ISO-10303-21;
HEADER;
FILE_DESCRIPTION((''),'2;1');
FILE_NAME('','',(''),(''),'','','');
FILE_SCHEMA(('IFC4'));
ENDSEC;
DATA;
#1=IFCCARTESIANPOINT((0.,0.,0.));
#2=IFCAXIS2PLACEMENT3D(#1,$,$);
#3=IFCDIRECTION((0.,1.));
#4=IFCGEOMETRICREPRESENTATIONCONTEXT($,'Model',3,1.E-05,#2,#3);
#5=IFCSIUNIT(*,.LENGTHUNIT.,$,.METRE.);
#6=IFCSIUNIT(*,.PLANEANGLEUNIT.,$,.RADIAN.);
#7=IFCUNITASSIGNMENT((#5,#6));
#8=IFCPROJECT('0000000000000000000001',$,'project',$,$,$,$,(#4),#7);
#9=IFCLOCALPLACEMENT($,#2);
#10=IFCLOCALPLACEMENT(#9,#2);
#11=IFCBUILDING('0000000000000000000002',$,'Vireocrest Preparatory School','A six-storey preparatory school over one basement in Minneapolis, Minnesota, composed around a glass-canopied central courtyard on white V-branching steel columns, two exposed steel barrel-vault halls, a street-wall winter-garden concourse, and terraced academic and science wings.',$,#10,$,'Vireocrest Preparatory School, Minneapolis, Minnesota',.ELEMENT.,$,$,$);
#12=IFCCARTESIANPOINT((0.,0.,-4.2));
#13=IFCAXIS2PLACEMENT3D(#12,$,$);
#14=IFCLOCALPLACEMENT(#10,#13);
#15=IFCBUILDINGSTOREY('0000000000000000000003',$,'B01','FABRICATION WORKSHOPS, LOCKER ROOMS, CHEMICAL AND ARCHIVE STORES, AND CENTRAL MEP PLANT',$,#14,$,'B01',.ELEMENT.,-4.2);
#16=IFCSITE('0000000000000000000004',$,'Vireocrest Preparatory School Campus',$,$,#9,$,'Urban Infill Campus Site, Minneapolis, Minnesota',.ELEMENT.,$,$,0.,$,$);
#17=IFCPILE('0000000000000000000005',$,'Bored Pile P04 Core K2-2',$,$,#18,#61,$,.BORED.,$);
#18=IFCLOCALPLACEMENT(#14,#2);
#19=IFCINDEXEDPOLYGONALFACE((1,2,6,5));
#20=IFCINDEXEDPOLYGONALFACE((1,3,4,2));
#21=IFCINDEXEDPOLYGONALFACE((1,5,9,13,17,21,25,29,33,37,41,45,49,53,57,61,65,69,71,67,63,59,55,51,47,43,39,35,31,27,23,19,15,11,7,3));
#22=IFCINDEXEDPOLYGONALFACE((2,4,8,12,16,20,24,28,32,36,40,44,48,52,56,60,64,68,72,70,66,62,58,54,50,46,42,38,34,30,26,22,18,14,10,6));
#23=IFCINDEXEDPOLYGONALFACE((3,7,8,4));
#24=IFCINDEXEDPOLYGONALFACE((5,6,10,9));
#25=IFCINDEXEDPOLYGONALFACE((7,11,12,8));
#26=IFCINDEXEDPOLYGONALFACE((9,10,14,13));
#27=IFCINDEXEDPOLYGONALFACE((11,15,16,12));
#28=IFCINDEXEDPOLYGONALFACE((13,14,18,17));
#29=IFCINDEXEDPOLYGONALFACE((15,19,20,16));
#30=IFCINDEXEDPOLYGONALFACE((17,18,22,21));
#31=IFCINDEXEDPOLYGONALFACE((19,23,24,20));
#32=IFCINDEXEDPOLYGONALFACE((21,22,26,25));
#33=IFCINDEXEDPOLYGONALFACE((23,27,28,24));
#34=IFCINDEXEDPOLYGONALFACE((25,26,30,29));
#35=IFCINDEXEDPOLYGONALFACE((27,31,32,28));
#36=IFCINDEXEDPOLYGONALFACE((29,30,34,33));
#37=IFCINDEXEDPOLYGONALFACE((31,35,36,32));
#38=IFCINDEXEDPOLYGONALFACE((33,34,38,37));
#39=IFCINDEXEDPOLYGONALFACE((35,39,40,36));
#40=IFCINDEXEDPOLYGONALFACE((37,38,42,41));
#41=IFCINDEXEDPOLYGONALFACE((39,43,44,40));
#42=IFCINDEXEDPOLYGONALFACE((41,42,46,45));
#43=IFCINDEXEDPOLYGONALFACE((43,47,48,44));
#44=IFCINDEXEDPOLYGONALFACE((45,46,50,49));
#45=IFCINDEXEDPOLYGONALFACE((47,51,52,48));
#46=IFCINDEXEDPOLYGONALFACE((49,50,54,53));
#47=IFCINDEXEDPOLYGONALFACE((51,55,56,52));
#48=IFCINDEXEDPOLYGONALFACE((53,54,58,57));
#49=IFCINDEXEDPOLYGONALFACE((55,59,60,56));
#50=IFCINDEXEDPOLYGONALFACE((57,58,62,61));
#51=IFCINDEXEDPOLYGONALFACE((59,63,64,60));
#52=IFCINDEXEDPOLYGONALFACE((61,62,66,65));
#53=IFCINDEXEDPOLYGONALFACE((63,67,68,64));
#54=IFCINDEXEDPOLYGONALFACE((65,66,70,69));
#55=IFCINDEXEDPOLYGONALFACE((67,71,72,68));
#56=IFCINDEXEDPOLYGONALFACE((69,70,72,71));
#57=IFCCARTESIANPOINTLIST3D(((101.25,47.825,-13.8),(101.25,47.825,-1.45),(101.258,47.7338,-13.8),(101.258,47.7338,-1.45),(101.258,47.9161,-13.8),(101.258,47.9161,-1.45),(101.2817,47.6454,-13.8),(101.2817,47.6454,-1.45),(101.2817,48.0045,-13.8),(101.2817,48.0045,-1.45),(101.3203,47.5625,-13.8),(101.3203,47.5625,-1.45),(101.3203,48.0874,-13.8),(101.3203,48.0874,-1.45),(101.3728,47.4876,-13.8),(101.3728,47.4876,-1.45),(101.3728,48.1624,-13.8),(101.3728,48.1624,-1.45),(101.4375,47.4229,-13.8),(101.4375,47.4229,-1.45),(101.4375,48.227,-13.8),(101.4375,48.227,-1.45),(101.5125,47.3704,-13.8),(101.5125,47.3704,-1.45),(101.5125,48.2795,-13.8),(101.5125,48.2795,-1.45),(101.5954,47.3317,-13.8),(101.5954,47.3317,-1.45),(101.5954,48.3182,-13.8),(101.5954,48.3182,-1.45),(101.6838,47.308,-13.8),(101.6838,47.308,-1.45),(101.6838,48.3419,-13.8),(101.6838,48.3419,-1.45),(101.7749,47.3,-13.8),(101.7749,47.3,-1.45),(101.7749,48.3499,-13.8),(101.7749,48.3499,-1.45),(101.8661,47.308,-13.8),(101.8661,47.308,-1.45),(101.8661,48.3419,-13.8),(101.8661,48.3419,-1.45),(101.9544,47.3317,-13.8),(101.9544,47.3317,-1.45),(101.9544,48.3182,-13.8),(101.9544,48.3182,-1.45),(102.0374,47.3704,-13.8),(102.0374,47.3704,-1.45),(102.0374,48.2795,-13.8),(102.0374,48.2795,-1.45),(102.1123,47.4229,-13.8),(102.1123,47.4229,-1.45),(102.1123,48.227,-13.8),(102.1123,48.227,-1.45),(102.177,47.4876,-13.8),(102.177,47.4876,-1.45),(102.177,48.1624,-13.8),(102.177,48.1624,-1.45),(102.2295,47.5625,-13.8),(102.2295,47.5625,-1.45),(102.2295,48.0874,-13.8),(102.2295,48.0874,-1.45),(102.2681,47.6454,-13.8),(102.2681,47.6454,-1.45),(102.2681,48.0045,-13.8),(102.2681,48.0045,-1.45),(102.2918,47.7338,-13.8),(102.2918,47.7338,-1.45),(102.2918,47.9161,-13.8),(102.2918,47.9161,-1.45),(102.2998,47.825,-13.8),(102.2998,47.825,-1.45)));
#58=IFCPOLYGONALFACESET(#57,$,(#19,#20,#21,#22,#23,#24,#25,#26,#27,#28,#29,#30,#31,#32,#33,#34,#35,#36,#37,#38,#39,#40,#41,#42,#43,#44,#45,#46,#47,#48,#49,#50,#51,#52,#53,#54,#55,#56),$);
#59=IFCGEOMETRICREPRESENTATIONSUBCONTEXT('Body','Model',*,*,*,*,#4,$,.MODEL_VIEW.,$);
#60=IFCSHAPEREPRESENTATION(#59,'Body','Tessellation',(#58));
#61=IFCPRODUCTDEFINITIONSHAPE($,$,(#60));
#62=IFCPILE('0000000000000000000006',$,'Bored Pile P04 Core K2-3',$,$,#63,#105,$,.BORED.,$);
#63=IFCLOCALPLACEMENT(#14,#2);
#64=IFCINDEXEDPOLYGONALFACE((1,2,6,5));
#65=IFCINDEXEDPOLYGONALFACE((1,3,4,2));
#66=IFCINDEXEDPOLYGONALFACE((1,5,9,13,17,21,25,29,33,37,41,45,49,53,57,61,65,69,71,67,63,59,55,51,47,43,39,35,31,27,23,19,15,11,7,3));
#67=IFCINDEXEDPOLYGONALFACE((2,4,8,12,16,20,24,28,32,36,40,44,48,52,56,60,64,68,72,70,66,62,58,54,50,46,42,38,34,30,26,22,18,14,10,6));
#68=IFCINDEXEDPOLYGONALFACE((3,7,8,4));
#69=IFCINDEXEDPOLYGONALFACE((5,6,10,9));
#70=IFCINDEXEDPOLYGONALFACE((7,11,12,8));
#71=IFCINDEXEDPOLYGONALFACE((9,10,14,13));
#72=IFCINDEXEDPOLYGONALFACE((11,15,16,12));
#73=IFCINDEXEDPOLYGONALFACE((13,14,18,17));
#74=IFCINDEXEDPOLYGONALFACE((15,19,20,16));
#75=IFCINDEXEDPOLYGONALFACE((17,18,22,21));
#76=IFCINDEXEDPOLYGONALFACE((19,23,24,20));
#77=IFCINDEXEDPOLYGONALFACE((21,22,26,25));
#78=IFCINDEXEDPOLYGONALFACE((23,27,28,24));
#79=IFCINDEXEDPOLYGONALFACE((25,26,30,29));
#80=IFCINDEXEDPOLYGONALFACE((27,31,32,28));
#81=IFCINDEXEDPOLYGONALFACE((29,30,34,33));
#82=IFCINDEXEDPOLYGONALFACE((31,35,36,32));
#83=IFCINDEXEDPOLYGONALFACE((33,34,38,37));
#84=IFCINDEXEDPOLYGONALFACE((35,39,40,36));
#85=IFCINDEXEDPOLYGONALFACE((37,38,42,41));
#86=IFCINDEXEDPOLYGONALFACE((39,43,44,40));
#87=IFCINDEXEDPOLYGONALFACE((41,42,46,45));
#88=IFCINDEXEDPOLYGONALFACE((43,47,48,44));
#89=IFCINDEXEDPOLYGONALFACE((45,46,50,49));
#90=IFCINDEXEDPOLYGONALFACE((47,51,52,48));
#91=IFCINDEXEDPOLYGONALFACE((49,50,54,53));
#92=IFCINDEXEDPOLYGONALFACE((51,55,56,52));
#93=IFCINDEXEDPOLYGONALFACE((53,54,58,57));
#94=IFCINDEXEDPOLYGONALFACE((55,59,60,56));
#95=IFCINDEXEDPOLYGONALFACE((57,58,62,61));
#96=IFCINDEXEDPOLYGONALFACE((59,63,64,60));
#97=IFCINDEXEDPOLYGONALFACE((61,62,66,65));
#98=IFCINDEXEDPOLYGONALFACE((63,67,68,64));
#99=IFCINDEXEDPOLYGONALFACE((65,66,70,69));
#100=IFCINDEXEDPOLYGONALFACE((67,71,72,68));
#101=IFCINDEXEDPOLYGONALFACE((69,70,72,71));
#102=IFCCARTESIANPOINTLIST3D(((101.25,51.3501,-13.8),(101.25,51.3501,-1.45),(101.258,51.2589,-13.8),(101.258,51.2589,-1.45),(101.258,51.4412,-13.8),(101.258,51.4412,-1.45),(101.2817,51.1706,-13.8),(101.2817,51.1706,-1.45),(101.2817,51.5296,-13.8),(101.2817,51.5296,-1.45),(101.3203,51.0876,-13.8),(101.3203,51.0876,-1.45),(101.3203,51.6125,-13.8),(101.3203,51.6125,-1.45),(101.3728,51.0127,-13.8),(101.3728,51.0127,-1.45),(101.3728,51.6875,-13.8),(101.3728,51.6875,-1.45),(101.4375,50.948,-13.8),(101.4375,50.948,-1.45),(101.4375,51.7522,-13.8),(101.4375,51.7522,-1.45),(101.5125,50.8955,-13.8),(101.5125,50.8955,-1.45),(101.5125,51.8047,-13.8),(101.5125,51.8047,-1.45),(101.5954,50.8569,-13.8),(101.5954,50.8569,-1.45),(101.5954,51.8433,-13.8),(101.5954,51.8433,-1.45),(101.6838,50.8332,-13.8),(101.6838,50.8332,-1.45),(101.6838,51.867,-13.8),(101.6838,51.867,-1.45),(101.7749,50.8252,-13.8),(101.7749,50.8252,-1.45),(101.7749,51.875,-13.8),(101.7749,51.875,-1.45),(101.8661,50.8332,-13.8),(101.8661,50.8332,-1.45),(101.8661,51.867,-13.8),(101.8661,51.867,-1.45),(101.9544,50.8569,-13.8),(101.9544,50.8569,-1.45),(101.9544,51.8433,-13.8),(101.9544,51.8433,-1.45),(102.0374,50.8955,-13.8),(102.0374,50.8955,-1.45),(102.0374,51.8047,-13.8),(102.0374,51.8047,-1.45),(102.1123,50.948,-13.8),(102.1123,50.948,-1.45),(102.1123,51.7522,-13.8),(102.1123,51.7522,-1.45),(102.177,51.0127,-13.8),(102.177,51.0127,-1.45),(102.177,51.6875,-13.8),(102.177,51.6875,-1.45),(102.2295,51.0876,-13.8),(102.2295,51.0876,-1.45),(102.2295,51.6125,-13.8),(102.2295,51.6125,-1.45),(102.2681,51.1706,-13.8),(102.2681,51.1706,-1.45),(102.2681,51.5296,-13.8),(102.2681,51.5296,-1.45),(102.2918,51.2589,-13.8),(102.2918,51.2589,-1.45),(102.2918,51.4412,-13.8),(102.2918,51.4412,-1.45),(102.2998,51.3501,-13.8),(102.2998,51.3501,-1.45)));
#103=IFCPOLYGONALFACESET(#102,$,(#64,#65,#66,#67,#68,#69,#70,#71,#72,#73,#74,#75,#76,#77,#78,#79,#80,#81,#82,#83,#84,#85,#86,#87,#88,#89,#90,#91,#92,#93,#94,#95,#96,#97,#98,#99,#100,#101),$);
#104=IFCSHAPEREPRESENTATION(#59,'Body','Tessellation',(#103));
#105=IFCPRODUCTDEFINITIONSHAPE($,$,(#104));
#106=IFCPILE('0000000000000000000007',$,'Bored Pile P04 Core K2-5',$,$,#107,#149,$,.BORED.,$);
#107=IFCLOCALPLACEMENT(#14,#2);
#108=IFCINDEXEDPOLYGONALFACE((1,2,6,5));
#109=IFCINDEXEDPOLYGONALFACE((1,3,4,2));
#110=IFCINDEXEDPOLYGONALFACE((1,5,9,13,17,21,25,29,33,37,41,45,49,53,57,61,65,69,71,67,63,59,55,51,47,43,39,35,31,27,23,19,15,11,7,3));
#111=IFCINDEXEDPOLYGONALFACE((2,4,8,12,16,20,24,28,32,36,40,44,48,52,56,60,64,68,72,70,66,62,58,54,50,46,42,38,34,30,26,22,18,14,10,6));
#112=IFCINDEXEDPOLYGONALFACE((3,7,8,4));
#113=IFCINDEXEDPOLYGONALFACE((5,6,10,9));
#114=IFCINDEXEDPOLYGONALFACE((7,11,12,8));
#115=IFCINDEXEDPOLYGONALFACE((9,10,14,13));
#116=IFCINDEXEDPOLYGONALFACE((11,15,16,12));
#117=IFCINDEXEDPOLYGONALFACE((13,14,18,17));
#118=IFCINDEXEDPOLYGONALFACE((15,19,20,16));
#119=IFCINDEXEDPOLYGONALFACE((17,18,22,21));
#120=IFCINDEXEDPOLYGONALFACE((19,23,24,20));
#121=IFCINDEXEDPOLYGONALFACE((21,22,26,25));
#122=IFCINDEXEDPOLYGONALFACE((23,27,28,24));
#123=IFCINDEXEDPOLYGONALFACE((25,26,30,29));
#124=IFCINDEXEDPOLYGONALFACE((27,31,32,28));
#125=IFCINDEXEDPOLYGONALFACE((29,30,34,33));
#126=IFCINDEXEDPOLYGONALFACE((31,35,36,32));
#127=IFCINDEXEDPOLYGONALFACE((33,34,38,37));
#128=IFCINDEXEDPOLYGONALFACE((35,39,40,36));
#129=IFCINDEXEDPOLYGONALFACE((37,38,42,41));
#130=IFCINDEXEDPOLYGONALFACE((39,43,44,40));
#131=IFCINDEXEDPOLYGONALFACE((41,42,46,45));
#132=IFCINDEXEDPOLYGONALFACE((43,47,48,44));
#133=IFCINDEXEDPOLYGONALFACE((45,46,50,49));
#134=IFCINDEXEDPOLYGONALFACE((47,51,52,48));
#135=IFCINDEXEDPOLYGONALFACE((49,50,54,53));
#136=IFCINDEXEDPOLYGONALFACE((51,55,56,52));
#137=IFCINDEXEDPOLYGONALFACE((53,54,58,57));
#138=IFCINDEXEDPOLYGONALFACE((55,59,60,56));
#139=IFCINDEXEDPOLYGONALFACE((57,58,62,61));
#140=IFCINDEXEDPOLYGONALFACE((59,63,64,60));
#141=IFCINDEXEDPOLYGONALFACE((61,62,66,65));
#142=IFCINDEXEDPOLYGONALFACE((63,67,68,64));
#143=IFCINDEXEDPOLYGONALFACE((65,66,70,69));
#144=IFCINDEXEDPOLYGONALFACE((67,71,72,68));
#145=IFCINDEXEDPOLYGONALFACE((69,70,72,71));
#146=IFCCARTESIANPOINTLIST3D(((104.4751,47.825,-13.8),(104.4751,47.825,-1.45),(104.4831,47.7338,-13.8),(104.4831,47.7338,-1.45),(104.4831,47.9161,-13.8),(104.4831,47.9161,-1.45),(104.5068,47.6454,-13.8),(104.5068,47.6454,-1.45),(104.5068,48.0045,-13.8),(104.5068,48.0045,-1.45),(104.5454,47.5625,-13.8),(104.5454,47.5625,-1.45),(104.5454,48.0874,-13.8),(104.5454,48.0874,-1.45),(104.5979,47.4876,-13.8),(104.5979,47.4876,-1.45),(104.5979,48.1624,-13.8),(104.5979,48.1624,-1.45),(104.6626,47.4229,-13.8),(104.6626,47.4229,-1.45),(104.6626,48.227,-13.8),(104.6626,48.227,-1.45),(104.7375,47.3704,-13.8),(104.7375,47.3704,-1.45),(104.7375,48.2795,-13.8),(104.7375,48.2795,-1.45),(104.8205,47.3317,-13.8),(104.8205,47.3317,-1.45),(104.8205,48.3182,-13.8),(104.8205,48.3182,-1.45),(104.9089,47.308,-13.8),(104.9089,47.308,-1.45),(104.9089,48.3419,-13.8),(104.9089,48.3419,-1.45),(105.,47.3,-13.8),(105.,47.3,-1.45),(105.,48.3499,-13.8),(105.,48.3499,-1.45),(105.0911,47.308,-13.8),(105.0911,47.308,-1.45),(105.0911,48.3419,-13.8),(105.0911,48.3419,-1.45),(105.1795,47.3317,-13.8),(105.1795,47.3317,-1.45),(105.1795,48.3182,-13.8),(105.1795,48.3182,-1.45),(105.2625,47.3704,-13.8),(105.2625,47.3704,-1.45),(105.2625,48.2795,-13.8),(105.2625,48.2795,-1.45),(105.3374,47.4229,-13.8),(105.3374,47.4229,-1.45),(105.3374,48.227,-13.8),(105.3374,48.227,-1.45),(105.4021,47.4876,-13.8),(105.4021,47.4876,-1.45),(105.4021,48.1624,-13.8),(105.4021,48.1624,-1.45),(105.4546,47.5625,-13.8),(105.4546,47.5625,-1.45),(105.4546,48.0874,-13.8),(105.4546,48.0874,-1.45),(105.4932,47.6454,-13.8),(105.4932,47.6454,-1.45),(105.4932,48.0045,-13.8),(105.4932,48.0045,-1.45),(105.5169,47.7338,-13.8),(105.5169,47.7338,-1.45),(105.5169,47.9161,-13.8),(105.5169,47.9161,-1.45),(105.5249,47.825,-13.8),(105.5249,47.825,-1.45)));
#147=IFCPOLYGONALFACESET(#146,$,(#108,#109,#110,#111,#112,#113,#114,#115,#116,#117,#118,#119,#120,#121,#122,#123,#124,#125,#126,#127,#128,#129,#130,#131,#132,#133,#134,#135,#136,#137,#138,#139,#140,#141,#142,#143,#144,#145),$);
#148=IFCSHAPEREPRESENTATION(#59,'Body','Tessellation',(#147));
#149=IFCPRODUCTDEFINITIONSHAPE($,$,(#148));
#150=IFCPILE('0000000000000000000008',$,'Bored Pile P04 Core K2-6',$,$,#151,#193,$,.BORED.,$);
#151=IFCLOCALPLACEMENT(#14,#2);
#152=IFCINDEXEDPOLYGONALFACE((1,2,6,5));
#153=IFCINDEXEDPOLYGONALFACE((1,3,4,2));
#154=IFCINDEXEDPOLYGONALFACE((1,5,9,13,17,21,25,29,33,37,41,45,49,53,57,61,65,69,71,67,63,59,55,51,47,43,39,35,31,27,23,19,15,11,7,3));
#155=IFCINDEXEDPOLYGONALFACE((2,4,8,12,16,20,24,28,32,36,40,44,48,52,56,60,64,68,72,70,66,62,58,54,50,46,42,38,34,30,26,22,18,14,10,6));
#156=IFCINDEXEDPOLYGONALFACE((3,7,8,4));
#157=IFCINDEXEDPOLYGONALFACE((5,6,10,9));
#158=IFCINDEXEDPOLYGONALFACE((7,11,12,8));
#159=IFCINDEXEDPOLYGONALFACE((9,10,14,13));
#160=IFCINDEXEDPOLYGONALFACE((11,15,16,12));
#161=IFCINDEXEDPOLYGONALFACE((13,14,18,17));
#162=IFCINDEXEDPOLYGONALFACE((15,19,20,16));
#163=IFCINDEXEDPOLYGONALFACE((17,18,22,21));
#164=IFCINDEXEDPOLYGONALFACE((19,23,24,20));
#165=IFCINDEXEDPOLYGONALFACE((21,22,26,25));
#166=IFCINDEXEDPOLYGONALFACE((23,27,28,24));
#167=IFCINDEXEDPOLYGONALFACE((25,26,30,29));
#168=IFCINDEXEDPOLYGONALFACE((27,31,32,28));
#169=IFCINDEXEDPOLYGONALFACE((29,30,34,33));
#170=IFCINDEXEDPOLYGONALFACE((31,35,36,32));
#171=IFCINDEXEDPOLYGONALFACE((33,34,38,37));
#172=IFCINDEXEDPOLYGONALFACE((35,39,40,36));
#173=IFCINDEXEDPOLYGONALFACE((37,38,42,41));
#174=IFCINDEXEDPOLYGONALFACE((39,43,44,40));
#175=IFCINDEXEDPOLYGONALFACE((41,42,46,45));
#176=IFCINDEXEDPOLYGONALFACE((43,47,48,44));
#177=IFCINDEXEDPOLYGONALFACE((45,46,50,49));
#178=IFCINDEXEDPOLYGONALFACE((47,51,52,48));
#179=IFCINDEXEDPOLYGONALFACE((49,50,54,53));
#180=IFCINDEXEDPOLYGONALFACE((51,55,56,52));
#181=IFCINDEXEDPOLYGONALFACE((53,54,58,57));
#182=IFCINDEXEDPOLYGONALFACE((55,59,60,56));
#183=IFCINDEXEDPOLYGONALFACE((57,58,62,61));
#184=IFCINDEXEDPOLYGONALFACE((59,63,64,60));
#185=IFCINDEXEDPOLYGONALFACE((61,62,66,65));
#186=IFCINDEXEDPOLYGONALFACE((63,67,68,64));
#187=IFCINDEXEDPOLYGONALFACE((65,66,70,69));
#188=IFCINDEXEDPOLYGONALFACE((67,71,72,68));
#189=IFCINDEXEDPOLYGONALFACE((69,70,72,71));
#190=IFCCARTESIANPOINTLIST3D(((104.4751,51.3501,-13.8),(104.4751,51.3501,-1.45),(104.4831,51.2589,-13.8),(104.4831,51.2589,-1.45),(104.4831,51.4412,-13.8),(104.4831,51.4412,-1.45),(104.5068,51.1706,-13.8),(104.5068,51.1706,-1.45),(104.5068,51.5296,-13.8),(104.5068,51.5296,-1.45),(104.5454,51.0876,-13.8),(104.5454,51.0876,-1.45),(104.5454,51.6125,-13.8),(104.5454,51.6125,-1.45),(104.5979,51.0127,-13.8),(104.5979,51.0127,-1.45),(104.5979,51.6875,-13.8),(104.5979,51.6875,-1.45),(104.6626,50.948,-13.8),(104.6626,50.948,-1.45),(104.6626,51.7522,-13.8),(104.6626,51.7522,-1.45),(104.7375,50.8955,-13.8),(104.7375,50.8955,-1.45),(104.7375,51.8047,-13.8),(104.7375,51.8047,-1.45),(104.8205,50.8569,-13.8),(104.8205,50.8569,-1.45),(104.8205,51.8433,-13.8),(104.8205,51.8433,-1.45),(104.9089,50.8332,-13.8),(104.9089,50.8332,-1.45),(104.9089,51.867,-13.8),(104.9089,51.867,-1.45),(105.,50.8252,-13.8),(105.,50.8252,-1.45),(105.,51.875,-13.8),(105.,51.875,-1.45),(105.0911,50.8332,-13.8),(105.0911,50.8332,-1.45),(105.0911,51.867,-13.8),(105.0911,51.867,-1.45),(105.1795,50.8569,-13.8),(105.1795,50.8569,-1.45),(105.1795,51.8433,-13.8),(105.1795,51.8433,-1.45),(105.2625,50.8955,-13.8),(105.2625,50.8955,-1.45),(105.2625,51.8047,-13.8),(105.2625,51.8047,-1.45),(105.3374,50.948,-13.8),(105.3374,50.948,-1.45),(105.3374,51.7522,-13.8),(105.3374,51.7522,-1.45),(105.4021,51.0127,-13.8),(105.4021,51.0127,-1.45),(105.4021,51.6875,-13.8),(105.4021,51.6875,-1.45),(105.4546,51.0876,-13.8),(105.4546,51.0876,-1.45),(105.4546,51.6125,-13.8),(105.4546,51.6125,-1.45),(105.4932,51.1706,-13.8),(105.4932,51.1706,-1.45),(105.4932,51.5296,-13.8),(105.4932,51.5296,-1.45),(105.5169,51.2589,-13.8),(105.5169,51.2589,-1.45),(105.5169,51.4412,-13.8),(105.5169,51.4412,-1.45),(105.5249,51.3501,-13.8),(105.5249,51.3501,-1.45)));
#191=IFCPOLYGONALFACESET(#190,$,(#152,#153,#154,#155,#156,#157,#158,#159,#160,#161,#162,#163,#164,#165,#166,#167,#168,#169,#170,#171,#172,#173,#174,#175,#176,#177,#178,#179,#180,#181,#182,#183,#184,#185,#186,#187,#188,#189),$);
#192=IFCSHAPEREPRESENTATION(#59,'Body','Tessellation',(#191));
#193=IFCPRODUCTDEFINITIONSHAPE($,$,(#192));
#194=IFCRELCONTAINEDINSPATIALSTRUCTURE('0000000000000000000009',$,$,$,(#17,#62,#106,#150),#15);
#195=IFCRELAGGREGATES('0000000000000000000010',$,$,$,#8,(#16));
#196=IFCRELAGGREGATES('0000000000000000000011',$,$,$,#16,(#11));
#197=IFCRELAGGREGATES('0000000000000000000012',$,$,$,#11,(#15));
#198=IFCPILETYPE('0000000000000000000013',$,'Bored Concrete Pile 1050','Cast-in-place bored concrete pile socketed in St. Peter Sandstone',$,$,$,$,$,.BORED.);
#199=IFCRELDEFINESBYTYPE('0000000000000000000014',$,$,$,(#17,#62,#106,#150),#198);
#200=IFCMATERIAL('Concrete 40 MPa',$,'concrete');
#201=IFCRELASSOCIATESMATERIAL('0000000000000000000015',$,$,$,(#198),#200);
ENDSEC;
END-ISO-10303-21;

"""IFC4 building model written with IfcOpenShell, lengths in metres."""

from ifc_helpers import new_model, si_unit, direction, frame, origin, origin_2d, place, context, subcontext, project, spatial, circle, extrude, material, material_profile, profile_set, type_object, element, save


model = new_model("IFC4")

# Units and contexts
model_context = context("Model", 3, precision=1e-05, world=origin(), true_north=direction((0.0, 1.0)))
body_context = subcontext(model_context, "Body", "Model", "MODEL_VIEW")
ifc_project = project(units=[si_unit("LENGTHUNIT", "METRE"), si_unit("PLANEANGLEUNIT", "RADIAN")], contexts=[model_context])

# Site, building, storey
site_placement = place(None, origin())
site = spatial("IfcSite", under=ifc_project, at=site_placement, Name="Vireocrest Preparatory School Campus", LongName="Urban Infill Campus Site, Minneapolis, Minnesota", CompositionType="ELEMENT", RefElevation=0.0)
building_placement = place(site_placement, origin())
building = spatial("IfcBuilding", under=site, at=building_placement, Name="Vireocrest Preparatory School", Description="A six-storey preparatory school over one basement in Minneapolis, Minnesota, composed around a glass-canopied central courtyard on white V-branching steel columns, two exposed steel barrel-vault halls, a street-wall winter-garden concourse, and terraced academic and science wings.", LongName="Vireocrest Preparatory School, Minneapolis, Minnesota", CompositionType="ELEMENT")
storey_placement = place(building_placement, frame((0.0, 0.0, -4.2)))
storey = spatial("IfcBuildingStorey", under=building, at=storey_placement, Name="B01", Description="FABRICATION WORKSHOPS, LOCKER ROOMS, CHEMICAL AND ARCHIVE STORES, AND CENTRAL MEP PLANT", LongName="B01", CompositionType="ELEMENT", Elevation=-4.2)

# Piles
ifc_material_1 = material(Name="Concrete 40 MPa", Category="concrete")
ifc_material_profile_1 = material_profile(ifc_material_1, circle(Radius=0.5249, at=origin_2d()), Name="BORED PILE 1050")
ifc_profile_set_1 = profile_set([ifc_material_profile_1], Name="Concrete 40 MPa")
pile_type_1 = type_object("IfcPileType", Name="Bored Concrete Pile 1050", Description="Cast-in-place bored concrete pile socketed in St. Peter Sandstone", PredefinedType="BORED", material=ifc_profile_set_1)
for number, where, z_axis, x_axis, name in (
    (1, (101.7749, 47.825, -1.45), (0.0, 0.0, -1.0), (1.0, 0.0, 0.0), "Bored Pile P04 Core K2-2"),
    (2, (101.7749, 51.3501, -1.45), (0.0, 0.0, -1.0), (1.0, 0.0, 0.0), "Bored Pile P04 Core K2-3"),
    (3, (105.0, 47.825, -1.45), (0.0, 0.0, -1.0), (1.0, 0.0, 0.0), "Bored Pile P04 Core K2-5"),
    (4, (105.0, 51.3501, -1.45), (0.0, 0.0, -1.0), (1.0, 0.0, 0.0), "Bored Pile P04 Core K2-6"),
):
    element("IfcPile", number, at=place(storey_placement, frame(where, z_axis=z_axis, x_axis=x_axis)), inside=storey, type_object=pile_type_1, Name=name, PredefinedType="BORED", context=body_context, shape_type="SweptSolid", body=[
        extrude(circle(Radius=0.5249, at=origin_2d()), origin(), (0.0, 0.0, 1.0), 12.3501),
    ])

save(model, "model.ifc")
